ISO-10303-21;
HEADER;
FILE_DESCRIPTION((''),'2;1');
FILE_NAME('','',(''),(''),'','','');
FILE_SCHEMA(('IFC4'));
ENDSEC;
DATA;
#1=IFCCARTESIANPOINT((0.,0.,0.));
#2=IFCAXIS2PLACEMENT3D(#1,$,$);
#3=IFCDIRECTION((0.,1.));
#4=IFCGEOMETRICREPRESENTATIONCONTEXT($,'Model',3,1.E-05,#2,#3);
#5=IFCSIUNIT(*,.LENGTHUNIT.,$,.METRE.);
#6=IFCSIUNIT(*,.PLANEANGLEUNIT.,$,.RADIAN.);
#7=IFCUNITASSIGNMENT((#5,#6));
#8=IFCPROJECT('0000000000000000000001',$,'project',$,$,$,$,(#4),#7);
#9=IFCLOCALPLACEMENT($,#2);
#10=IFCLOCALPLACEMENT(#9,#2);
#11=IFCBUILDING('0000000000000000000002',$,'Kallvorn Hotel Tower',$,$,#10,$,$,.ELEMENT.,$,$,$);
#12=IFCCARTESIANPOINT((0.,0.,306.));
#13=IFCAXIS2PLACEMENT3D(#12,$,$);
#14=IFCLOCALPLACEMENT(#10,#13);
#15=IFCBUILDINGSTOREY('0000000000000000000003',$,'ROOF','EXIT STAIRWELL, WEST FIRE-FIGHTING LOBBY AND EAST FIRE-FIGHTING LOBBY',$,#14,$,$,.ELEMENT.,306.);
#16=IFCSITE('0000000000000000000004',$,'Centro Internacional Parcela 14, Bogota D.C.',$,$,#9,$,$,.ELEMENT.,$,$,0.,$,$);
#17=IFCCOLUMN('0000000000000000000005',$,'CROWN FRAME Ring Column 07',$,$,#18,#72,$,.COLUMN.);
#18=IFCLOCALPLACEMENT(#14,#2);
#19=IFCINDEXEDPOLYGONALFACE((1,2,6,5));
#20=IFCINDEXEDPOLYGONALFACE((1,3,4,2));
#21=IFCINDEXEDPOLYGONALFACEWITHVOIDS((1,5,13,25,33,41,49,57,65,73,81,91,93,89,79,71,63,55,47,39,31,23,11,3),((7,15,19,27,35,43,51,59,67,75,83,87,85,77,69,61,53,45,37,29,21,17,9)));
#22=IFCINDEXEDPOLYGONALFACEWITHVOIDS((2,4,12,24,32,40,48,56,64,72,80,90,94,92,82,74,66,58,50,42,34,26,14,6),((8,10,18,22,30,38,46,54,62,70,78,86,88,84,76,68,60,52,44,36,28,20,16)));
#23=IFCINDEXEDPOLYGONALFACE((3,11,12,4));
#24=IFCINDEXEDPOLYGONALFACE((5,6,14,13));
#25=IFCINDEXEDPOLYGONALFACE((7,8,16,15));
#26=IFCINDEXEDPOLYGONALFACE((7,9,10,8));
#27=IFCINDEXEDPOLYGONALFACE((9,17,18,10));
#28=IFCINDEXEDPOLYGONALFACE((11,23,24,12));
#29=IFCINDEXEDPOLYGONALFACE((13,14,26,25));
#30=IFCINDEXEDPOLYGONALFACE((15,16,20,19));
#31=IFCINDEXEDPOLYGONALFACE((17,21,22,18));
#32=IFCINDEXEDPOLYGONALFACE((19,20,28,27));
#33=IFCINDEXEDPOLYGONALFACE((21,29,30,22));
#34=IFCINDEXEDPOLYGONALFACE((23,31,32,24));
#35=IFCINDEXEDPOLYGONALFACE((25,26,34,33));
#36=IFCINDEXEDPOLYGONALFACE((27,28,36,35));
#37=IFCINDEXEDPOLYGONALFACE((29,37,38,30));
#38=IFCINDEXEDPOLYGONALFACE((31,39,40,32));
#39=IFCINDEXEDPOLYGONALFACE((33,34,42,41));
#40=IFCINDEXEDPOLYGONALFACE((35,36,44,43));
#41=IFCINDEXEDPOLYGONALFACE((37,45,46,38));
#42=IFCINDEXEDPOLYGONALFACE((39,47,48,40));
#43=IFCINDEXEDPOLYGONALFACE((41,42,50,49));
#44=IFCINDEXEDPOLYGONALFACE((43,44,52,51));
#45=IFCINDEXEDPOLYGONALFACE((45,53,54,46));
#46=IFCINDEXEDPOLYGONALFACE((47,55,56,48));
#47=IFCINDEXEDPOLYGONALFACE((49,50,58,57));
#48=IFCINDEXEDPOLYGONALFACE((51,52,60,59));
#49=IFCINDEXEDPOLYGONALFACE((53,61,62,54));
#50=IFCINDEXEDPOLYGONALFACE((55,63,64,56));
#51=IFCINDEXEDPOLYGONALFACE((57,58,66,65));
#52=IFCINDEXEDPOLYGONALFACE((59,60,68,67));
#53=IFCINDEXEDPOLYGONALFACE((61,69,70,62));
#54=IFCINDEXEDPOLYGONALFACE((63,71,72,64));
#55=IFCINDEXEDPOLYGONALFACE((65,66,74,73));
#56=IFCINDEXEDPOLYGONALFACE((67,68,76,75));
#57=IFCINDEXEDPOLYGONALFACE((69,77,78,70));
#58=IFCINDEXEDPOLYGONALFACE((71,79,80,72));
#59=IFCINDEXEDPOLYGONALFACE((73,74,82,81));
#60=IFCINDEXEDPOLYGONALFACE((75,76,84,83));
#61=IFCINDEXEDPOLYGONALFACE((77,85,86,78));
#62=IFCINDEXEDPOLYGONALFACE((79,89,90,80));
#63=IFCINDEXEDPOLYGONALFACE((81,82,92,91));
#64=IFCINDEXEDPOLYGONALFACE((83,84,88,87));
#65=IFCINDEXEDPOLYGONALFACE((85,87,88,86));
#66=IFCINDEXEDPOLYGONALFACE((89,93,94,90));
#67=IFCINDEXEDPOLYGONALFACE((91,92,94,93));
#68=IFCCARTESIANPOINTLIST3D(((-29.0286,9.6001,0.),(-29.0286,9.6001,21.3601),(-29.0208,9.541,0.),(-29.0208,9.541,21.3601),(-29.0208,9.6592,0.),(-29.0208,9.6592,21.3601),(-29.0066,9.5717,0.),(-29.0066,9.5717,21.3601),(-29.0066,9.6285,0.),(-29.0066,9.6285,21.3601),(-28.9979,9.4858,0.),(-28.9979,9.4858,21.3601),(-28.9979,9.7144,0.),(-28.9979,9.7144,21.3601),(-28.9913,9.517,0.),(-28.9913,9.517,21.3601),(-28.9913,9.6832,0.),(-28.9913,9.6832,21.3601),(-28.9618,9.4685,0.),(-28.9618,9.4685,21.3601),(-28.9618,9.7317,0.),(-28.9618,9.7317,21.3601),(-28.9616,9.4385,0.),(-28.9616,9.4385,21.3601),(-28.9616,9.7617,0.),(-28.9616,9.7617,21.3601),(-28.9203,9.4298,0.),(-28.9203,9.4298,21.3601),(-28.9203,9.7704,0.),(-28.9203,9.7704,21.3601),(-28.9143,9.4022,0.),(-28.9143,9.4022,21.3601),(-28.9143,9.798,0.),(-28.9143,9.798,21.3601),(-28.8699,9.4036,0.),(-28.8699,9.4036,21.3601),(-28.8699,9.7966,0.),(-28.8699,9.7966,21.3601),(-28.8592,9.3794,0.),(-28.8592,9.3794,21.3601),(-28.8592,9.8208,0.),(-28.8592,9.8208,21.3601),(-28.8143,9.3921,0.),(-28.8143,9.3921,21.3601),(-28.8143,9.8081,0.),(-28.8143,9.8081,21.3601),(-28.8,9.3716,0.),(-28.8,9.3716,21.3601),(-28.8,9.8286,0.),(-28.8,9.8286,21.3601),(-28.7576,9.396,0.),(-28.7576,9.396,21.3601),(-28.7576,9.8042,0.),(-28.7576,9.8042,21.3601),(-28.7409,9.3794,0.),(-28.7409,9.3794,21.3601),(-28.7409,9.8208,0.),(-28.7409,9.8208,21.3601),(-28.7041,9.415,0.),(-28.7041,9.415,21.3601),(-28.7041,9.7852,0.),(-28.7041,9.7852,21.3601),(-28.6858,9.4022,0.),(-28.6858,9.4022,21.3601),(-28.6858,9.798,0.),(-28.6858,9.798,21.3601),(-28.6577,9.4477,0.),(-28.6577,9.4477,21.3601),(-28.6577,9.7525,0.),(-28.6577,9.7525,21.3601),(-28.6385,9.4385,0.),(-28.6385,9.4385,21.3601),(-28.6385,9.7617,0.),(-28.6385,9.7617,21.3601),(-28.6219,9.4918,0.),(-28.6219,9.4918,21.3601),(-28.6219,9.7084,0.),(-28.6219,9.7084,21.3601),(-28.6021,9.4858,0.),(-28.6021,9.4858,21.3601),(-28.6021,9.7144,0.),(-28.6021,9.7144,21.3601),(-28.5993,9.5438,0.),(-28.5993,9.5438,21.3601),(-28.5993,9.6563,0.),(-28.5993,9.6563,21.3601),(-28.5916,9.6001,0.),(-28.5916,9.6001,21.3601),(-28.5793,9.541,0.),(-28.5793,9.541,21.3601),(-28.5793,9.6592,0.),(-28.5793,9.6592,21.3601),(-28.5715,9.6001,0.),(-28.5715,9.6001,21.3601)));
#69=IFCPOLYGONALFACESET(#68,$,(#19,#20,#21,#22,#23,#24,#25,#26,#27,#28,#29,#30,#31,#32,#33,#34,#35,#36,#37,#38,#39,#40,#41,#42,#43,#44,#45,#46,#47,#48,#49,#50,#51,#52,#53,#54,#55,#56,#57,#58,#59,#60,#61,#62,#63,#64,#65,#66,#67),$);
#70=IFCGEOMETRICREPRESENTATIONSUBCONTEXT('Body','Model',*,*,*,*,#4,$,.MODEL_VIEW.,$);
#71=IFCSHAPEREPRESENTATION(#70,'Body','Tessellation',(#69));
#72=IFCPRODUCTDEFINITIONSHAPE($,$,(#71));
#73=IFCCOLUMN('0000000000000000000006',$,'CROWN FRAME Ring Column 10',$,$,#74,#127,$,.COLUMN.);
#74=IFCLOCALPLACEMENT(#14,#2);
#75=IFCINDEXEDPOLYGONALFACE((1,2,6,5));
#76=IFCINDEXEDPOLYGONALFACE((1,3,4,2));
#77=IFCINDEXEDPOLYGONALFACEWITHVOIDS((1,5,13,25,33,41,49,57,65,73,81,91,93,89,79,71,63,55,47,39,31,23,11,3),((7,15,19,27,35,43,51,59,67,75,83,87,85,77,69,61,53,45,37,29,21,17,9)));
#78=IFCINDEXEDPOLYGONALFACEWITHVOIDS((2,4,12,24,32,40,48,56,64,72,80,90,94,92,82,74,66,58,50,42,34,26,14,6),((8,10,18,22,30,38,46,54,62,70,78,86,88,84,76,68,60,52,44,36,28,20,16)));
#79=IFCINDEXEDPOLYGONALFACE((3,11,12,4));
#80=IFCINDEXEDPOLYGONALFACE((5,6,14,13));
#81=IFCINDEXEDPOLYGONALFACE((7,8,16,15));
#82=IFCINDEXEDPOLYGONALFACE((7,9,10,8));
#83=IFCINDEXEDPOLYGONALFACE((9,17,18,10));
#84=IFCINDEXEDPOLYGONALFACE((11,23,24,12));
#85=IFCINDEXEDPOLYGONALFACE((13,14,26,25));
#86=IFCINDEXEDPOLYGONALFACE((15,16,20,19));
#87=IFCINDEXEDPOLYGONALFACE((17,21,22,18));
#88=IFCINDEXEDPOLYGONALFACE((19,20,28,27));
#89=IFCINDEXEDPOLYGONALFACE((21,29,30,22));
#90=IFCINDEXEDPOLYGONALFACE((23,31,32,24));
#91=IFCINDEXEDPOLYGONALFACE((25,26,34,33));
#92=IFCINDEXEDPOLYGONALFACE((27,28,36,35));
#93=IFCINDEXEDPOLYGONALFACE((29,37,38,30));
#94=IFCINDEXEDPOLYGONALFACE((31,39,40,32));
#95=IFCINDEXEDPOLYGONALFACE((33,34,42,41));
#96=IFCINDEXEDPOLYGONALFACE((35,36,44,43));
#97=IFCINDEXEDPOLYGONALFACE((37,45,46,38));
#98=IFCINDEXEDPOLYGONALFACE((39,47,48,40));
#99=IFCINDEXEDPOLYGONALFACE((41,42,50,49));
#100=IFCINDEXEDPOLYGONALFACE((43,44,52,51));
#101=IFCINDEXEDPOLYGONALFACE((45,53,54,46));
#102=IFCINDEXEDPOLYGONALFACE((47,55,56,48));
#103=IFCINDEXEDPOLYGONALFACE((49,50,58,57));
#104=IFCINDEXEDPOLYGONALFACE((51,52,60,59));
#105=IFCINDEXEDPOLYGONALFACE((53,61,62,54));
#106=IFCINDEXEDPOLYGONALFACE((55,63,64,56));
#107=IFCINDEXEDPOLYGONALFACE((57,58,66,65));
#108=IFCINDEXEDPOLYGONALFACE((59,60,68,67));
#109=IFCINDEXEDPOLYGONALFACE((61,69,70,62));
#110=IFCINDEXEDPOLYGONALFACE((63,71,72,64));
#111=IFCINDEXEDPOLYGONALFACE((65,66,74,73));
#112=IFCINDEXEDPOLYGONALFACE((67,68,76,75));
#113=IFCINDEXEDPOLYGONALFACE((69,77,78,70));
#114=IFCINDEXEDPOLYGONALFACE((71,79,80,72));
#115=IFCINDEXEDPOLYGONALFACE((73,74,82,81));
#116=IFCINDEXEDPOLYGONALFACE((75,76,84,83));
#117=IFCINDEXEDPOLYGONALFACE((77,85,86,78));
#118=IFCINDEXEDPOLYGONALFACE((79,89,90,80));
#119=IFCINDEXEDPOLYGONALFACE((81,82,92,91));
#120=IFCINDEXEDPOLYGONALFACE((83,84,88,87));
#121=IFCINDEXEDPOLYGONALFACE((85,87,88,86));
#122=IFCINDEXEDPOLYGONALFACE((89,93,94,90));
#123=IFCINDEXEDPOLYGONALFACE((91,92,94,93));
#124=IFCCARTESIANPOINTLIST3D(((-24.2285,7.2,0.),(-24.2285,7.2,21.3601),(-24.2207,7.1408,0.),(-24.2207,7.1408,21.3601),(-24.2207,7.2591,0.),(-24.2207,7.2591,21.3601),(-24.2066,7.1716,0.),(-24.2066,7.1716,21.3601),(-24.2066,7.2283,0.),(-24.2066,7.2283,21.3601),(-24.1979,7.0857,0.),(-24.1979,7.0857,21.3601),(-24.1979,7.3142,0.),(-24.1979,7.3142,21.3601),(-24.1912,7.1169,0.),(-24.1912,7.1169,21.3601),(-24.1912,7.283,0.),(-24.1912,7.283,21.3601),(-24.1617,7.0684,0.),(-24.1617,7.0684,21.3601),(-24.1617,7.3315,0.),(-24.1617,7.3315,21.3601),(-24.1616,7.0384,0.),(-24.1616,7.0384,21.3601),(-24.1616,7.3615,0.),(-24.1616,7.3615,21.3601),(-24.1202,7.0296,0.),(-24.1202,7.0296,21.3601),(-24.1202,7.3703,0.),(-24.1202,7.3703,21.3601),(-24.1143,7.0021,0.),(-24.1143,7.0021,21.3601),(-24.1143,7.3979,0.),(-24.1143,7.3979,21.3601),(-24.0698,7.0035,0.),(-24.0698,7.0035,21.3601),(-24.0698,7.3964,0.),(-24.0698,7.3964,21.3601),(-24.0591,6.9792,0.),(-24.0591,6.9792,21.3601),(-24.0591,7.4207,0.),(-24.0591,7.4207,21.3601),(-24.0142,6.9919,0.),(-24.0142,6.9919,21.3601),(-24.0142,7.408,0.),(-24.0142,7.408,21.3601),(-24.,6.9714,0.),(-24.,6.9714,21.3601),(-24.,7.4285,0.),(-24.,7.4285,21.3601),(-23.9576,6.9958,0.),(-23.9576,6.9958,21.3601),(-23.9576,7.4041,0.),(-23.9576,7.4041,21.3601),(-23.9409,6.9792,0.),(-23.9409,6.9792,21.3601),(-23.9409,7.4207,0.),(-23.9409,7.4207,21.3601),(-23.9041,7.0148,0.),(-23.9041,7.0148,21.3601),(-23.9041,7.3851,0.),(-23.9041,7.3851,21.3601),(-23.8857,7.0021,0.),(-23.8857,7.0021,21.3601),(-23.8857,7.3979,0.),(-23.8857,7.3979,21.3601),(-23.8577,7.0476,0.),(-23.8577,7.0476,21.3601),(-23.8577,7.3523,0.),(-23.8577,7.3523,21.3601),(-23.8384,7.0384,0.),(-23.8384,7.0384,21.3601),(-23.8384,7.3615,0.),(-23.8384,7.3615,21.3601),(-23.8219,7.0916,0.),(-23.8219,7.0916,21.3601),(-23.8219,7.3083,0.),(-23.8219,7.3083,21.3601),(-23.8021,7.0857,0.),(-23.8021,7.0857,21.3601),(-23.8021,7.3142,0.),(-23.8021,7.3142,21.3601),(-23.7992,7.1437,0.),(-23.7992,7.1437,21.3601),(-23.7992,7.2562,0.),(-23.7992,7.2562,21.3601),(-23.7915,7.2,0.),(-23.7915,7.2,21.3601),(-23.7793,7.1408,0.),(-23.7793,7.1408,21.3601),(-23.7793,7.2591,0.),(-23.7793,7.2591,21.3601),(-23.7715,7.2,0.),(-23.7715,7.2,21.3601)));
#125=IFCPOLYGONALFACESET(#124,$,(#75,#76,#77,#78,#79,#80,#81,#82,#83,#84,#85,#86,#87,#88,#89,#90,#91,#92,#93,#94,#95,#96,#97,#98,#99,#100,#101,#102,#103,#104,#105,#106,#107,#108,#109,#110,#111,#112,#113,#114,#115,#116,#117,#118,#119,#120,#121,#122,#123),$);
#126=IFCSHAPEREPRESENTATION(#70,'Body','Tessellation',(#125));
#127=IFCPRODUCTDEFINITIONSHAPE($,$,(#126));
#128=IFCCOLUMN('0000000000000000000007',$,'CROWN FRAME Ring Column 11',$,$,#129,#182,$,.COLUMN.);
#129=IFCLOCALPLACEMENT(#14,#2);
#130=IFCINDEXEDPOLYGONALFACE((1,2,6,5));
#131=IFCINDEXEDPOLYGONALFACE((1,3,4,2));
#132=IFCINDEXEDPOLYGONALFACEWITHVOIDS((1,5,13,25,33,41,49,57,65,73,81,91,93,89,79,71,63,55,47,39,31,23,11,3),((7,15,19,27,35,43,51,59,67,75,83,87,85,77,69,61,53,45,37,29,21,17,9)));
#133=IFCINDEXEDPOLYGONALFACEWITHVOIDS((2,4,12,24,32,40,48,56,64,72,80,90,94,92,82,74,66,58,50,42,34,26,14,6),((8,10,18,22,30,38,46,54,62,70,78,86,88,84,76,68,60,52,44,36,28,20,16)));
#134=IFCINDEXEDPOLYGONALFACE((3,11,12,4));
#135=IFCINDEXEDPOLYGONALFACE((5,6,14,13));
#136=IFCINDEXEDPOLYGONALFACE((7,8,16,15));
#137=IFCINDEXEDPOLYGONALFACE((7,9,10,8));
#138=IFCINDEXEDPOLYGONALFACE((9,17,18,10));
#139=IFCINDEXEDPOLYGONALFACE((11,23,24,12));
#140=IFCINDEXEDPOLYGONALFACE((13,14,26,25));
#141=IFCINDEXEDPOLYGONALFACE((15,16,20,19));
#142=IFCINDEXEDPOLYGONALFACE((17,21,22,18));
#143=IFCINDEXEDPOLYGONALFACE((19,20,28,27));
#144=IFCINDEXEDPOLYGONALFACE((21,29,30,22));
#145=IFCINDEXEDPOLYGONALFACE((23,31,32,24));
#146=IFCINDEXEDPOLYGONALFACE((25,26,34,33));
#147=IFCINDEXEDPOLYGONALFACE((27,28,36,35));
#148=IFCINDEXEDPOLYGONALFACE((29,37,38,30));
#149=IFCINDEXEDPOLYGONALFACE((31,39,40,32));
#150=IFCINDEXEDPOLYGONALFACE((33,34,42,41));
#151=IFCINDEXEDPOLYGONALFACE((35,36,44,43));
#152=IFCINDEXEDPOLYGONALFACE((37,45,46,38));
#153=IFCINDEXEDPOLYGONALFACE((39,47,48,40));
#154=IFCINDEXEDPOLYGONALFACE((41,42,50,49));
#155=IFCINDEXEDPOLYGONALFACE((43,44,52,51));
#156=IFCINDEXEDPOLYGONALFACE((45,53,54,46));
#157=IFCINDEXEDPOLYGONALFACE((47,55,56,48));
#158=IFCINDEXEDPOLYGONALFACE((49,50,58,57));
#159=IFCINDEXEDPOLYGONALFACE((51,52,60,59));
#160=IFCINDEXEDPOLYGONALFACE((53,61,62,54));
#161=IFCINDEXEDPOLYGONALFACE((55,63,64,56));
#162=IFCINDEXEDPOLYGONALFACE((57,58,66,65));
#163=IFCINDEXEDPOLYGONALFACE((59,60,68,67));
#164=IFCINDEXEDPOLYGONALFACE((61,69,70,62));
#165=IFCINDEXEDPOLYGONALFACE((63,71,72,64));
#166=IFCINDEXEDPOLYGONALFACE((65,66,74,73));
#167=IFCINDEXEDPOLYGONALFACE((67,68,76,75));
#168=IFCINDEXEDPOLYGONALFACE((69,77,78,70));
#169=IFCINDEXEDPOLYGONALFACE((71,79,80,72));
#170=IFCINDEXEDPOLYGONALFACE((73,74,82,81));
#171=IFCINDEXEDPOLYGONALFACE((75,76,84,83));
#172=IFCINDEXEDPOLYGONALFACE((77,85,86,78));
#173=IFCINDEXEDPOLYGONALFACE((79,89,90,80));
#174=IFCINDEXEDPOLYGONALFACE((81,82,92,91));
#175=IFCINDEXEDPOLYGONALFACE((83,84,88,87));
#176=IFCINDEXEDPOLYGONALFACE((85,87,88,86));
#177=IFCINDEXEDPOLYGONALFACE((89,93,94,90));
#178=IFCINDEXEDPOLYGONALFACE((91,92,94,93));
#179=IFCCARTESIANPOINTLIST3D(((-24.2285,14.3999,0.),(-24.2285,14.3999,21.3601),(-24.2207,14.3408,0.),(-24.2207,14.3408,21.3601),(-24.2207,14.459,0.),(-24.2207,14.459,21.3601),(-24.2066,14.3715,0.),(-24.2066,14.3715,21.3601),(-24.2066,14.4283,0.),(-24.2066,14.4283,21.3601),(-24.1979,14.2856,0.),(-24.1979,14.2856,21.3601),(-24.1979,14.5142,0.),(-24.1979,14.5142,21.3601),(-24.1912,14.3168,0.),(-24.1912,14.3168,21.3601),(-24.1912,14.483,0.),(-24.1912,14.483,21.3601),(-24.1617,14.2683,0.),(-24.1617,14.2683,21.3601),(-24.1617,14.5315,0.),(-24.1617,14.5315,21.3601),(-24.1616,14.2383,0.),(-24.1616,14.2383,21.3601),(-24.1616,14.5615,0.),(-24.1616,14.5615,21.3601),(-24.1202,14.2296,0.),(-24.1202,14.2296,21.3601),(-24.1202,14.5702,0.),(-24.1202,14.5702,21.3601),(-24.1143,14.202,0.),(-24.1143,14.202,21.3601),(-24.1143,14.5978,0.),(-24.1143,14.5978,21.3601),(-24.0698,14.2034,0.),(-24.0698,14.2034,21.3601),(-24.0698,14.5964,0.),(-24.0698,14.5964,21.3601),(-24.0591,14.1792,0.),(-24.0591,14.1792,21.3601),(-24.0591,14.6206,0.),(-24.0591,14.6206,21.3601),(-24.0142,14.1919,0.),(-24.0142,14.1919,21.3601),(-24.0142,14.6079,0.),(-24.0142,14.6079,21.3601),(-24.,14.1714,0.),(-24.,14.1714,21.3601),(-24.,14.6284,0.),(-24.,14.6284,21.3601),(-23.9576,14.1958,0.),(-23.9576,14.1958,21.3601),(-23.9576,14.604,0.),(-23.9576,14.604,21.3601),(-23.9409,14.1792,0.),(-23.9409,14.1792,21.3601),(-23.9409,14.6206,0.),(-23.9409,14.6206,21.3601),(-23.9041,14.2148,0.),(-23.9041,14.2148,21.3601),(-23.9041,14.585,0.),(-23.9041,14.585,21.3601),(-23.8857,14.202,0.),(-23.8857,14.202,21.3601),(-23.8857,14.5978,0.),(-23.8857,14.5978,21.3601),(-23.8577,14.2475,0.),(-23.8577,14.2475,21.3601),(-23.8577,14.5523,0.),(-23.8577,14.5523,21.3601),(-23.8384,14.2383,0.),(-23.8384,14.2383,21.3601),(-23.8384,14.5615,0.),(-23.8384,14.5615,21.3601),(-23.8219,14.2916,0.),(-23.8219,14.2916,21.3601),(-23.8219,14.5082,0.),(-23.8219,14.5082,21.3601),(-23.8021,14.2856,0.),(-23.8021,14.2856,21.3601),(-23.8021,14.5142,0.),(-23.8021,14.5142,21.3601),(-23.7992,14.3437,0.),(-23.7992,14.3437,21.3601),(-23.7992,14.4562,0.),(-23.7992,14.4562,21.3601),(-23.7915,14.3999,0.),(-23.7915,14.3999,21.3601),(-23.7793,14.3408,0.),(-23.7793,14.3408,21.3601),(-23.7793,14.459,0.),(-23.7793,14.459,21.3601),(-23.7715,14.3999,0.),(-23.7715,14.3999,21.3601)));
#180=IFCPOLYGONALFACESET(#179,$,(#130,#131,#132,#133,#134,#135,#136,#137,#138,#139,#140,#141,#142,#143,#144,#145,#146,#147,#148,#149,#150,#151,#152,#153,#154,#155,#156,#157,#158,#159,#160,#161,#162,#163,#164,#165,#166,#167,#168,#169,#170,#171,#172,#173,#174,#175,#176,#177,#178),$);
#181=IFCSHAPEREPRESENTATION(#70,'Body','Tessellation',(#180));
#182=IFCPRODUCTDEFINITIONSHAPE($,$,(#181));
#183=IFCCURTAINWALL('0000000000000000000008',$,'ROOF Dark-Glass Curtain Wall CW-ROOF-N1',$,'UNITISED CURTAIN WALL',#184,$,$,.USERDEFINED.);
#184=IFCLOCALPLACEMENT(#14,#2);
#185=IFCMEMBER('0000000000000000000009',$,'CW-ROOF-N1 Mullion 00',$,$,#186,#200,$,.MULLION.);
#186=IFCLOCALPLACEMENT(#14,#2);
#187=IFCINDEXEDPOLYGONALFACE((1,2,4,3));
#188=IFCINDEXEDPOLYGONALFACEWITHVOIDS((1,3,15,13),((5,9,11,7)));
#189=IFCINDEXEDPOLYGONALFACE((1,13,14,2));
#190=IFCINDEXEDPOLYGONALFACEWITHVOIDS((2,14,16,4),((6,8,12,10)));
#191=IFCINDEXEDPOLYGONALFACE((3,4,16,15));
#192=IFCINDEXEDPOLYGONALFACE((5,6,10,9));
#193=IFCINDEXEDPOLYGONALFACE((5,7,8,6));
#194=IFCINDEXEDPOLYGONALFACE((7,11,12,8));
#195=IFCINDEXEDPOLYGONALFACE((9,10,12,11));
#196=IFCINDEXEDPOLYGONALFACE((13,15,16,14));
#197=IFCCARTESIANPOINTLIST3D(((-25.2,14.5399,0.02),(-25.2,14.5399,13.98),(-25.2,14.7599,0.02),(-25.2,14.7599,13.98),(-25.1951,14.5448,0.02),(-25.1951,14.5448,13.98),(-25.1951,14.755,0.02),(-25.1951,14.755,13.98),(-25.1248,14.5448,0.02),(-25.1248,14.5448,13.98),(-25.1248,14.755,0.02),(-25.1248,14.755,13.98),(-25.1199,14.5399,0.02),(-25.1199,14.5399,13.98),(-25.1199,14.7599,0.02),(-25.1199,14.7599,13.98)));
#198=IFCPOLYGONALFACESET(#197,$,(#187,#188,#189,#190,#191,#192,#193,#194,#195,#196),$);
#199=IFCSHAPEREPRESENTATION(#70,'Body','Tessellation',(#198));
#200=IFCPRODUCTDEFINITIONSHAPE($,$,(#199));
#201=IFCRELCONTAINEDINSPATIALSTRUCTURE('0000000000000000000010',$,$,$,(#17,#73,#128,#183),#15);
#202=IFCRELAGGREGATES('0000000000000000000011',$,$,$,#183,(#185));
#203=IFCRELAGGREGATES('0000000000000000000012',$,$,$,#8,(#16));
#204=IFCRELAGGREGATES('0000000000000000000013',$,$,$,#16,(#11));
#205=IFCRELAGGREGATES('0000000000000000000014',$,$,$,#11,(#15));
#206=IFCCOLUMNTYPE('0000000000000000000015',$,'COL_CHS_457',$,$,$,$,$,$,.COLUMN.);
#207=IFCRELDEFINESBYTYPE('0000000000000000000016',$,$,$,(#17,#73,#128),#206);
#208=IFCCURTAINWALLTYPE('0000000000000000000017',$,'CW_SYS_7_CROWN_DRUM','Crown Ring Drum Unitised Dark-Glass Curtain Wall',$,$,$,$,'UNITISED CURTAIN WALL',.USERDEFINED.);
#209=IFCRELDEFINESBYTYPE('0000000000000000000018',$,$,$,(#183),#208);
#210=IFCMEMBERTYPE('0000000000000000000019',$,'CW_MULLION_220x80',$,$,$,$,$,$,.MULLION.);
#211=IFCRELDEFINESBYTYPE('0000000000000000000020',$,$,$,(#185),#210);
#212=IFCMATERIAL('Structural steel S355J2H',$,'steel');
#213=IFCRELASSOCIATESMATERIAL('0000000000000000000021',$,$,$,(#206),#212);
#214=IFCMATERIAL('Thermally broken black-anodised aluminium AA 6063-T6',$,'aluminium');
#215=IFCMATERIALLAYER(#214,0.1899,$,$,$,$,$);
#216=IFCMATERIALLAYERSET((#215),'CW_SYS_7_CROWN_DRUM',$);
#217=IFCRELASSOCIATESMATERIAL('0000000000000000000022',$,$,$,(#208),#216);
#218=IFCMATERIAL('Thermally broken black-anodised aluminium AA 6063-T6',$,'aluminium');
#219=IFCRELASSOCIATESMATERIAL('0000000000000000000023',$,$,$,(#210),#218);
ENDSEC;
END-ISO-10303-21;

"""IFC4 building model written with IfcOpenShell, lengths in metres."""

from ifc_helpers import new_model, si_unit, direction, frame, origin, origin_2d, place, context, subcontext, project, spatial, hollow_rectangle, hollow_circle, extrude, material, layer, layer_set, material_profile, profile_set, type_object, element, aggregate, save


model = new_model("IFC4")

# Units and contexts
model_context = context("Model", 3, precision=1e-05, world=origin(), true_north=direction((0.0, 1.0)))
body_context = subcontext(model_context, "Body", "Model", "MODEL_VIEW")
ifc_project = project(units=[si_unit("LENGTHUNIT", "METRE"), si_unit("PLANEANGLEUNIT", "RADIAN")], contexts=[model_context])

# Site, building, storey
site_placement = place(None, origin())
site = spatial("IfcSite", under=ifc_project, at=site_placement, Name="Centro Internacional Parcela 14, Bogota D.C.", CompositionType="ELEMENT", RefElevation=0.0)
building_placement = place(site_placement, origin())
building = spatial("IfcBuilding", under=site, at=building_placement, Name="Kallvorn Hotel Tower", CompositionType="ELEMENT")
storey_placement = place(building_placement, frame((0.0, 0.0, 306.0)))
storey = spatial("IfcBuildingStorey", under=building, at=storey_placement, Name="ROOF", Description="EXIT STAIRWELL, WEST FIRE-FIGHTING LOBBY AND EAST FIRE-FIGHTING LOBBY", CompositionType="ELEMENT", Elevation=306.0)

# Columns
ifc_material_1 = material(Name="Structural steel S355J2H", Category="steel")
ifc_material_profile_1 = material_profile(ifc_material_1, hollow_circle(Radius=0.2285, WallThickness=0.02, at=origin_2d()), Name="CHS 457x20")
ifc_profile_set_1 = profile_set([ifc_material_profile_1], Name="Structural steel S355J2H")
column_type = type_object("IfcColumnType", Name="COL_CHS_457", PredefinedType="COLUMN", material=ifc_profile_set_1)
for number, where, z_axis, x_axis, name in (
    (1, (-28.8, 9.6001, 0.0), (0.0, 0.0, 1.0), (1.0, 0.0, 0.0), "CROWN FRAME Ring Column 07"),
    (2, (-24.0, 7.2, 0.0), (0.0, 0.0, 1.0), (1.0, 0.0, 0.0), "CROWN FRAME Ring Column 10"),
    (3, (-24.0, 14.3999, 0.0), (0.0, 0.0, 1.0), (1.0, 0.0, 0.0), "CROWN FRAME Ring Column 11"),
):
    element("IfcColumn", number, at=place(storey_placement, frame(where, z_axis=z_axis, x_axis=x_axis)), inside=storey, type_object=column_type, Name=name, PredefinedType="COLUMN", context=body_context, shape_type="SweptSolid", body=[
        extrude(hollow_circle(Radius=0.2285, WallThickness=0.02, at=origin_2d()), origin(), (0.0, 0.0, 1.0), 21.3601),
    ])

# Curtain wall, member
ifc_material_2 = material(Name="Thermally broken black-anodised aluminium AA 6063-T6", Category="aluminium")
ifc_layer_1 = layer(ifc_material_2, 0.1899)
ifc_layer_set_1 = layer_set([ifc_layer_1], Name="CW_SYS_7_CROWN_DRUM")
curtain_wall_type = type_object("IfcCurtainWallType", Name="CW_SYS_7_CROWN_DRUM", Description="Crown Ring Drum Unitised Dark-Glass Curtain Wall", ElementType="UNITISED CURTAIN WALL", PredefinedType="USERDEFINED", material=ifc_layer_set_1)
curtain_wall_1_placement = place(storey_placement, origin())
curtain_wall_1 = element("IfcCurtainWall", 4, at=curtain_wall_1_placement, inside=storey, type_object=curtain_wall_type, Name="ROOF Dark-Glass Curtain Wall CW-ROOF-N1", ObjectType="UNITISED CURTAIN WALL", PredefinedType="USERDEFINED")
ifc_material_3 = material(Name="Thermally broken black-anodised aluminium AA 6063-T6", Category="aluminium")
ifc_material_profile_2 = material_profile(ifc_material_3, hollow_rectangle(XDim=0.0801, YDim=0.22, WallThickness=0.0049, at=origin_2d()), Name="MUL 220x80")
ifc_profile_set_2 = profile_set([ifc_material_profile_2], Name="Thermally broken black-anodised aluminium AA 6063-T6")
member_type = type_object("IfcMemberType", Name="CW_MULLION_220x80", PredefinedType="MULLION", material=ifc_profile_set_2)
member_1_placement = place(storey_placement, frame((-25.1599, 14.6499, 0.02), z_axis=(0.0, 0.0, 1.0), x_axis=(1.0, 0.0, 0.0)))
member_1 = element("IfcMember", 5, at=member_1_placement, type_object=member_type, Name="CW-ROOF-N1 Mullion 00", PredefinedType="MULLION", context=body_context, shape_type="SweptSolid", body=[
    extrude(hollow_rectangle(XDim=0.0801, YDim=0.22, WallThickness=0.0049, at=origin_2d()), origin(), (0.0, 0.0, 1.0), 13.96),
])
aggregate(curtain_wall_1, [member_1])

save(model, "model.ifc")
